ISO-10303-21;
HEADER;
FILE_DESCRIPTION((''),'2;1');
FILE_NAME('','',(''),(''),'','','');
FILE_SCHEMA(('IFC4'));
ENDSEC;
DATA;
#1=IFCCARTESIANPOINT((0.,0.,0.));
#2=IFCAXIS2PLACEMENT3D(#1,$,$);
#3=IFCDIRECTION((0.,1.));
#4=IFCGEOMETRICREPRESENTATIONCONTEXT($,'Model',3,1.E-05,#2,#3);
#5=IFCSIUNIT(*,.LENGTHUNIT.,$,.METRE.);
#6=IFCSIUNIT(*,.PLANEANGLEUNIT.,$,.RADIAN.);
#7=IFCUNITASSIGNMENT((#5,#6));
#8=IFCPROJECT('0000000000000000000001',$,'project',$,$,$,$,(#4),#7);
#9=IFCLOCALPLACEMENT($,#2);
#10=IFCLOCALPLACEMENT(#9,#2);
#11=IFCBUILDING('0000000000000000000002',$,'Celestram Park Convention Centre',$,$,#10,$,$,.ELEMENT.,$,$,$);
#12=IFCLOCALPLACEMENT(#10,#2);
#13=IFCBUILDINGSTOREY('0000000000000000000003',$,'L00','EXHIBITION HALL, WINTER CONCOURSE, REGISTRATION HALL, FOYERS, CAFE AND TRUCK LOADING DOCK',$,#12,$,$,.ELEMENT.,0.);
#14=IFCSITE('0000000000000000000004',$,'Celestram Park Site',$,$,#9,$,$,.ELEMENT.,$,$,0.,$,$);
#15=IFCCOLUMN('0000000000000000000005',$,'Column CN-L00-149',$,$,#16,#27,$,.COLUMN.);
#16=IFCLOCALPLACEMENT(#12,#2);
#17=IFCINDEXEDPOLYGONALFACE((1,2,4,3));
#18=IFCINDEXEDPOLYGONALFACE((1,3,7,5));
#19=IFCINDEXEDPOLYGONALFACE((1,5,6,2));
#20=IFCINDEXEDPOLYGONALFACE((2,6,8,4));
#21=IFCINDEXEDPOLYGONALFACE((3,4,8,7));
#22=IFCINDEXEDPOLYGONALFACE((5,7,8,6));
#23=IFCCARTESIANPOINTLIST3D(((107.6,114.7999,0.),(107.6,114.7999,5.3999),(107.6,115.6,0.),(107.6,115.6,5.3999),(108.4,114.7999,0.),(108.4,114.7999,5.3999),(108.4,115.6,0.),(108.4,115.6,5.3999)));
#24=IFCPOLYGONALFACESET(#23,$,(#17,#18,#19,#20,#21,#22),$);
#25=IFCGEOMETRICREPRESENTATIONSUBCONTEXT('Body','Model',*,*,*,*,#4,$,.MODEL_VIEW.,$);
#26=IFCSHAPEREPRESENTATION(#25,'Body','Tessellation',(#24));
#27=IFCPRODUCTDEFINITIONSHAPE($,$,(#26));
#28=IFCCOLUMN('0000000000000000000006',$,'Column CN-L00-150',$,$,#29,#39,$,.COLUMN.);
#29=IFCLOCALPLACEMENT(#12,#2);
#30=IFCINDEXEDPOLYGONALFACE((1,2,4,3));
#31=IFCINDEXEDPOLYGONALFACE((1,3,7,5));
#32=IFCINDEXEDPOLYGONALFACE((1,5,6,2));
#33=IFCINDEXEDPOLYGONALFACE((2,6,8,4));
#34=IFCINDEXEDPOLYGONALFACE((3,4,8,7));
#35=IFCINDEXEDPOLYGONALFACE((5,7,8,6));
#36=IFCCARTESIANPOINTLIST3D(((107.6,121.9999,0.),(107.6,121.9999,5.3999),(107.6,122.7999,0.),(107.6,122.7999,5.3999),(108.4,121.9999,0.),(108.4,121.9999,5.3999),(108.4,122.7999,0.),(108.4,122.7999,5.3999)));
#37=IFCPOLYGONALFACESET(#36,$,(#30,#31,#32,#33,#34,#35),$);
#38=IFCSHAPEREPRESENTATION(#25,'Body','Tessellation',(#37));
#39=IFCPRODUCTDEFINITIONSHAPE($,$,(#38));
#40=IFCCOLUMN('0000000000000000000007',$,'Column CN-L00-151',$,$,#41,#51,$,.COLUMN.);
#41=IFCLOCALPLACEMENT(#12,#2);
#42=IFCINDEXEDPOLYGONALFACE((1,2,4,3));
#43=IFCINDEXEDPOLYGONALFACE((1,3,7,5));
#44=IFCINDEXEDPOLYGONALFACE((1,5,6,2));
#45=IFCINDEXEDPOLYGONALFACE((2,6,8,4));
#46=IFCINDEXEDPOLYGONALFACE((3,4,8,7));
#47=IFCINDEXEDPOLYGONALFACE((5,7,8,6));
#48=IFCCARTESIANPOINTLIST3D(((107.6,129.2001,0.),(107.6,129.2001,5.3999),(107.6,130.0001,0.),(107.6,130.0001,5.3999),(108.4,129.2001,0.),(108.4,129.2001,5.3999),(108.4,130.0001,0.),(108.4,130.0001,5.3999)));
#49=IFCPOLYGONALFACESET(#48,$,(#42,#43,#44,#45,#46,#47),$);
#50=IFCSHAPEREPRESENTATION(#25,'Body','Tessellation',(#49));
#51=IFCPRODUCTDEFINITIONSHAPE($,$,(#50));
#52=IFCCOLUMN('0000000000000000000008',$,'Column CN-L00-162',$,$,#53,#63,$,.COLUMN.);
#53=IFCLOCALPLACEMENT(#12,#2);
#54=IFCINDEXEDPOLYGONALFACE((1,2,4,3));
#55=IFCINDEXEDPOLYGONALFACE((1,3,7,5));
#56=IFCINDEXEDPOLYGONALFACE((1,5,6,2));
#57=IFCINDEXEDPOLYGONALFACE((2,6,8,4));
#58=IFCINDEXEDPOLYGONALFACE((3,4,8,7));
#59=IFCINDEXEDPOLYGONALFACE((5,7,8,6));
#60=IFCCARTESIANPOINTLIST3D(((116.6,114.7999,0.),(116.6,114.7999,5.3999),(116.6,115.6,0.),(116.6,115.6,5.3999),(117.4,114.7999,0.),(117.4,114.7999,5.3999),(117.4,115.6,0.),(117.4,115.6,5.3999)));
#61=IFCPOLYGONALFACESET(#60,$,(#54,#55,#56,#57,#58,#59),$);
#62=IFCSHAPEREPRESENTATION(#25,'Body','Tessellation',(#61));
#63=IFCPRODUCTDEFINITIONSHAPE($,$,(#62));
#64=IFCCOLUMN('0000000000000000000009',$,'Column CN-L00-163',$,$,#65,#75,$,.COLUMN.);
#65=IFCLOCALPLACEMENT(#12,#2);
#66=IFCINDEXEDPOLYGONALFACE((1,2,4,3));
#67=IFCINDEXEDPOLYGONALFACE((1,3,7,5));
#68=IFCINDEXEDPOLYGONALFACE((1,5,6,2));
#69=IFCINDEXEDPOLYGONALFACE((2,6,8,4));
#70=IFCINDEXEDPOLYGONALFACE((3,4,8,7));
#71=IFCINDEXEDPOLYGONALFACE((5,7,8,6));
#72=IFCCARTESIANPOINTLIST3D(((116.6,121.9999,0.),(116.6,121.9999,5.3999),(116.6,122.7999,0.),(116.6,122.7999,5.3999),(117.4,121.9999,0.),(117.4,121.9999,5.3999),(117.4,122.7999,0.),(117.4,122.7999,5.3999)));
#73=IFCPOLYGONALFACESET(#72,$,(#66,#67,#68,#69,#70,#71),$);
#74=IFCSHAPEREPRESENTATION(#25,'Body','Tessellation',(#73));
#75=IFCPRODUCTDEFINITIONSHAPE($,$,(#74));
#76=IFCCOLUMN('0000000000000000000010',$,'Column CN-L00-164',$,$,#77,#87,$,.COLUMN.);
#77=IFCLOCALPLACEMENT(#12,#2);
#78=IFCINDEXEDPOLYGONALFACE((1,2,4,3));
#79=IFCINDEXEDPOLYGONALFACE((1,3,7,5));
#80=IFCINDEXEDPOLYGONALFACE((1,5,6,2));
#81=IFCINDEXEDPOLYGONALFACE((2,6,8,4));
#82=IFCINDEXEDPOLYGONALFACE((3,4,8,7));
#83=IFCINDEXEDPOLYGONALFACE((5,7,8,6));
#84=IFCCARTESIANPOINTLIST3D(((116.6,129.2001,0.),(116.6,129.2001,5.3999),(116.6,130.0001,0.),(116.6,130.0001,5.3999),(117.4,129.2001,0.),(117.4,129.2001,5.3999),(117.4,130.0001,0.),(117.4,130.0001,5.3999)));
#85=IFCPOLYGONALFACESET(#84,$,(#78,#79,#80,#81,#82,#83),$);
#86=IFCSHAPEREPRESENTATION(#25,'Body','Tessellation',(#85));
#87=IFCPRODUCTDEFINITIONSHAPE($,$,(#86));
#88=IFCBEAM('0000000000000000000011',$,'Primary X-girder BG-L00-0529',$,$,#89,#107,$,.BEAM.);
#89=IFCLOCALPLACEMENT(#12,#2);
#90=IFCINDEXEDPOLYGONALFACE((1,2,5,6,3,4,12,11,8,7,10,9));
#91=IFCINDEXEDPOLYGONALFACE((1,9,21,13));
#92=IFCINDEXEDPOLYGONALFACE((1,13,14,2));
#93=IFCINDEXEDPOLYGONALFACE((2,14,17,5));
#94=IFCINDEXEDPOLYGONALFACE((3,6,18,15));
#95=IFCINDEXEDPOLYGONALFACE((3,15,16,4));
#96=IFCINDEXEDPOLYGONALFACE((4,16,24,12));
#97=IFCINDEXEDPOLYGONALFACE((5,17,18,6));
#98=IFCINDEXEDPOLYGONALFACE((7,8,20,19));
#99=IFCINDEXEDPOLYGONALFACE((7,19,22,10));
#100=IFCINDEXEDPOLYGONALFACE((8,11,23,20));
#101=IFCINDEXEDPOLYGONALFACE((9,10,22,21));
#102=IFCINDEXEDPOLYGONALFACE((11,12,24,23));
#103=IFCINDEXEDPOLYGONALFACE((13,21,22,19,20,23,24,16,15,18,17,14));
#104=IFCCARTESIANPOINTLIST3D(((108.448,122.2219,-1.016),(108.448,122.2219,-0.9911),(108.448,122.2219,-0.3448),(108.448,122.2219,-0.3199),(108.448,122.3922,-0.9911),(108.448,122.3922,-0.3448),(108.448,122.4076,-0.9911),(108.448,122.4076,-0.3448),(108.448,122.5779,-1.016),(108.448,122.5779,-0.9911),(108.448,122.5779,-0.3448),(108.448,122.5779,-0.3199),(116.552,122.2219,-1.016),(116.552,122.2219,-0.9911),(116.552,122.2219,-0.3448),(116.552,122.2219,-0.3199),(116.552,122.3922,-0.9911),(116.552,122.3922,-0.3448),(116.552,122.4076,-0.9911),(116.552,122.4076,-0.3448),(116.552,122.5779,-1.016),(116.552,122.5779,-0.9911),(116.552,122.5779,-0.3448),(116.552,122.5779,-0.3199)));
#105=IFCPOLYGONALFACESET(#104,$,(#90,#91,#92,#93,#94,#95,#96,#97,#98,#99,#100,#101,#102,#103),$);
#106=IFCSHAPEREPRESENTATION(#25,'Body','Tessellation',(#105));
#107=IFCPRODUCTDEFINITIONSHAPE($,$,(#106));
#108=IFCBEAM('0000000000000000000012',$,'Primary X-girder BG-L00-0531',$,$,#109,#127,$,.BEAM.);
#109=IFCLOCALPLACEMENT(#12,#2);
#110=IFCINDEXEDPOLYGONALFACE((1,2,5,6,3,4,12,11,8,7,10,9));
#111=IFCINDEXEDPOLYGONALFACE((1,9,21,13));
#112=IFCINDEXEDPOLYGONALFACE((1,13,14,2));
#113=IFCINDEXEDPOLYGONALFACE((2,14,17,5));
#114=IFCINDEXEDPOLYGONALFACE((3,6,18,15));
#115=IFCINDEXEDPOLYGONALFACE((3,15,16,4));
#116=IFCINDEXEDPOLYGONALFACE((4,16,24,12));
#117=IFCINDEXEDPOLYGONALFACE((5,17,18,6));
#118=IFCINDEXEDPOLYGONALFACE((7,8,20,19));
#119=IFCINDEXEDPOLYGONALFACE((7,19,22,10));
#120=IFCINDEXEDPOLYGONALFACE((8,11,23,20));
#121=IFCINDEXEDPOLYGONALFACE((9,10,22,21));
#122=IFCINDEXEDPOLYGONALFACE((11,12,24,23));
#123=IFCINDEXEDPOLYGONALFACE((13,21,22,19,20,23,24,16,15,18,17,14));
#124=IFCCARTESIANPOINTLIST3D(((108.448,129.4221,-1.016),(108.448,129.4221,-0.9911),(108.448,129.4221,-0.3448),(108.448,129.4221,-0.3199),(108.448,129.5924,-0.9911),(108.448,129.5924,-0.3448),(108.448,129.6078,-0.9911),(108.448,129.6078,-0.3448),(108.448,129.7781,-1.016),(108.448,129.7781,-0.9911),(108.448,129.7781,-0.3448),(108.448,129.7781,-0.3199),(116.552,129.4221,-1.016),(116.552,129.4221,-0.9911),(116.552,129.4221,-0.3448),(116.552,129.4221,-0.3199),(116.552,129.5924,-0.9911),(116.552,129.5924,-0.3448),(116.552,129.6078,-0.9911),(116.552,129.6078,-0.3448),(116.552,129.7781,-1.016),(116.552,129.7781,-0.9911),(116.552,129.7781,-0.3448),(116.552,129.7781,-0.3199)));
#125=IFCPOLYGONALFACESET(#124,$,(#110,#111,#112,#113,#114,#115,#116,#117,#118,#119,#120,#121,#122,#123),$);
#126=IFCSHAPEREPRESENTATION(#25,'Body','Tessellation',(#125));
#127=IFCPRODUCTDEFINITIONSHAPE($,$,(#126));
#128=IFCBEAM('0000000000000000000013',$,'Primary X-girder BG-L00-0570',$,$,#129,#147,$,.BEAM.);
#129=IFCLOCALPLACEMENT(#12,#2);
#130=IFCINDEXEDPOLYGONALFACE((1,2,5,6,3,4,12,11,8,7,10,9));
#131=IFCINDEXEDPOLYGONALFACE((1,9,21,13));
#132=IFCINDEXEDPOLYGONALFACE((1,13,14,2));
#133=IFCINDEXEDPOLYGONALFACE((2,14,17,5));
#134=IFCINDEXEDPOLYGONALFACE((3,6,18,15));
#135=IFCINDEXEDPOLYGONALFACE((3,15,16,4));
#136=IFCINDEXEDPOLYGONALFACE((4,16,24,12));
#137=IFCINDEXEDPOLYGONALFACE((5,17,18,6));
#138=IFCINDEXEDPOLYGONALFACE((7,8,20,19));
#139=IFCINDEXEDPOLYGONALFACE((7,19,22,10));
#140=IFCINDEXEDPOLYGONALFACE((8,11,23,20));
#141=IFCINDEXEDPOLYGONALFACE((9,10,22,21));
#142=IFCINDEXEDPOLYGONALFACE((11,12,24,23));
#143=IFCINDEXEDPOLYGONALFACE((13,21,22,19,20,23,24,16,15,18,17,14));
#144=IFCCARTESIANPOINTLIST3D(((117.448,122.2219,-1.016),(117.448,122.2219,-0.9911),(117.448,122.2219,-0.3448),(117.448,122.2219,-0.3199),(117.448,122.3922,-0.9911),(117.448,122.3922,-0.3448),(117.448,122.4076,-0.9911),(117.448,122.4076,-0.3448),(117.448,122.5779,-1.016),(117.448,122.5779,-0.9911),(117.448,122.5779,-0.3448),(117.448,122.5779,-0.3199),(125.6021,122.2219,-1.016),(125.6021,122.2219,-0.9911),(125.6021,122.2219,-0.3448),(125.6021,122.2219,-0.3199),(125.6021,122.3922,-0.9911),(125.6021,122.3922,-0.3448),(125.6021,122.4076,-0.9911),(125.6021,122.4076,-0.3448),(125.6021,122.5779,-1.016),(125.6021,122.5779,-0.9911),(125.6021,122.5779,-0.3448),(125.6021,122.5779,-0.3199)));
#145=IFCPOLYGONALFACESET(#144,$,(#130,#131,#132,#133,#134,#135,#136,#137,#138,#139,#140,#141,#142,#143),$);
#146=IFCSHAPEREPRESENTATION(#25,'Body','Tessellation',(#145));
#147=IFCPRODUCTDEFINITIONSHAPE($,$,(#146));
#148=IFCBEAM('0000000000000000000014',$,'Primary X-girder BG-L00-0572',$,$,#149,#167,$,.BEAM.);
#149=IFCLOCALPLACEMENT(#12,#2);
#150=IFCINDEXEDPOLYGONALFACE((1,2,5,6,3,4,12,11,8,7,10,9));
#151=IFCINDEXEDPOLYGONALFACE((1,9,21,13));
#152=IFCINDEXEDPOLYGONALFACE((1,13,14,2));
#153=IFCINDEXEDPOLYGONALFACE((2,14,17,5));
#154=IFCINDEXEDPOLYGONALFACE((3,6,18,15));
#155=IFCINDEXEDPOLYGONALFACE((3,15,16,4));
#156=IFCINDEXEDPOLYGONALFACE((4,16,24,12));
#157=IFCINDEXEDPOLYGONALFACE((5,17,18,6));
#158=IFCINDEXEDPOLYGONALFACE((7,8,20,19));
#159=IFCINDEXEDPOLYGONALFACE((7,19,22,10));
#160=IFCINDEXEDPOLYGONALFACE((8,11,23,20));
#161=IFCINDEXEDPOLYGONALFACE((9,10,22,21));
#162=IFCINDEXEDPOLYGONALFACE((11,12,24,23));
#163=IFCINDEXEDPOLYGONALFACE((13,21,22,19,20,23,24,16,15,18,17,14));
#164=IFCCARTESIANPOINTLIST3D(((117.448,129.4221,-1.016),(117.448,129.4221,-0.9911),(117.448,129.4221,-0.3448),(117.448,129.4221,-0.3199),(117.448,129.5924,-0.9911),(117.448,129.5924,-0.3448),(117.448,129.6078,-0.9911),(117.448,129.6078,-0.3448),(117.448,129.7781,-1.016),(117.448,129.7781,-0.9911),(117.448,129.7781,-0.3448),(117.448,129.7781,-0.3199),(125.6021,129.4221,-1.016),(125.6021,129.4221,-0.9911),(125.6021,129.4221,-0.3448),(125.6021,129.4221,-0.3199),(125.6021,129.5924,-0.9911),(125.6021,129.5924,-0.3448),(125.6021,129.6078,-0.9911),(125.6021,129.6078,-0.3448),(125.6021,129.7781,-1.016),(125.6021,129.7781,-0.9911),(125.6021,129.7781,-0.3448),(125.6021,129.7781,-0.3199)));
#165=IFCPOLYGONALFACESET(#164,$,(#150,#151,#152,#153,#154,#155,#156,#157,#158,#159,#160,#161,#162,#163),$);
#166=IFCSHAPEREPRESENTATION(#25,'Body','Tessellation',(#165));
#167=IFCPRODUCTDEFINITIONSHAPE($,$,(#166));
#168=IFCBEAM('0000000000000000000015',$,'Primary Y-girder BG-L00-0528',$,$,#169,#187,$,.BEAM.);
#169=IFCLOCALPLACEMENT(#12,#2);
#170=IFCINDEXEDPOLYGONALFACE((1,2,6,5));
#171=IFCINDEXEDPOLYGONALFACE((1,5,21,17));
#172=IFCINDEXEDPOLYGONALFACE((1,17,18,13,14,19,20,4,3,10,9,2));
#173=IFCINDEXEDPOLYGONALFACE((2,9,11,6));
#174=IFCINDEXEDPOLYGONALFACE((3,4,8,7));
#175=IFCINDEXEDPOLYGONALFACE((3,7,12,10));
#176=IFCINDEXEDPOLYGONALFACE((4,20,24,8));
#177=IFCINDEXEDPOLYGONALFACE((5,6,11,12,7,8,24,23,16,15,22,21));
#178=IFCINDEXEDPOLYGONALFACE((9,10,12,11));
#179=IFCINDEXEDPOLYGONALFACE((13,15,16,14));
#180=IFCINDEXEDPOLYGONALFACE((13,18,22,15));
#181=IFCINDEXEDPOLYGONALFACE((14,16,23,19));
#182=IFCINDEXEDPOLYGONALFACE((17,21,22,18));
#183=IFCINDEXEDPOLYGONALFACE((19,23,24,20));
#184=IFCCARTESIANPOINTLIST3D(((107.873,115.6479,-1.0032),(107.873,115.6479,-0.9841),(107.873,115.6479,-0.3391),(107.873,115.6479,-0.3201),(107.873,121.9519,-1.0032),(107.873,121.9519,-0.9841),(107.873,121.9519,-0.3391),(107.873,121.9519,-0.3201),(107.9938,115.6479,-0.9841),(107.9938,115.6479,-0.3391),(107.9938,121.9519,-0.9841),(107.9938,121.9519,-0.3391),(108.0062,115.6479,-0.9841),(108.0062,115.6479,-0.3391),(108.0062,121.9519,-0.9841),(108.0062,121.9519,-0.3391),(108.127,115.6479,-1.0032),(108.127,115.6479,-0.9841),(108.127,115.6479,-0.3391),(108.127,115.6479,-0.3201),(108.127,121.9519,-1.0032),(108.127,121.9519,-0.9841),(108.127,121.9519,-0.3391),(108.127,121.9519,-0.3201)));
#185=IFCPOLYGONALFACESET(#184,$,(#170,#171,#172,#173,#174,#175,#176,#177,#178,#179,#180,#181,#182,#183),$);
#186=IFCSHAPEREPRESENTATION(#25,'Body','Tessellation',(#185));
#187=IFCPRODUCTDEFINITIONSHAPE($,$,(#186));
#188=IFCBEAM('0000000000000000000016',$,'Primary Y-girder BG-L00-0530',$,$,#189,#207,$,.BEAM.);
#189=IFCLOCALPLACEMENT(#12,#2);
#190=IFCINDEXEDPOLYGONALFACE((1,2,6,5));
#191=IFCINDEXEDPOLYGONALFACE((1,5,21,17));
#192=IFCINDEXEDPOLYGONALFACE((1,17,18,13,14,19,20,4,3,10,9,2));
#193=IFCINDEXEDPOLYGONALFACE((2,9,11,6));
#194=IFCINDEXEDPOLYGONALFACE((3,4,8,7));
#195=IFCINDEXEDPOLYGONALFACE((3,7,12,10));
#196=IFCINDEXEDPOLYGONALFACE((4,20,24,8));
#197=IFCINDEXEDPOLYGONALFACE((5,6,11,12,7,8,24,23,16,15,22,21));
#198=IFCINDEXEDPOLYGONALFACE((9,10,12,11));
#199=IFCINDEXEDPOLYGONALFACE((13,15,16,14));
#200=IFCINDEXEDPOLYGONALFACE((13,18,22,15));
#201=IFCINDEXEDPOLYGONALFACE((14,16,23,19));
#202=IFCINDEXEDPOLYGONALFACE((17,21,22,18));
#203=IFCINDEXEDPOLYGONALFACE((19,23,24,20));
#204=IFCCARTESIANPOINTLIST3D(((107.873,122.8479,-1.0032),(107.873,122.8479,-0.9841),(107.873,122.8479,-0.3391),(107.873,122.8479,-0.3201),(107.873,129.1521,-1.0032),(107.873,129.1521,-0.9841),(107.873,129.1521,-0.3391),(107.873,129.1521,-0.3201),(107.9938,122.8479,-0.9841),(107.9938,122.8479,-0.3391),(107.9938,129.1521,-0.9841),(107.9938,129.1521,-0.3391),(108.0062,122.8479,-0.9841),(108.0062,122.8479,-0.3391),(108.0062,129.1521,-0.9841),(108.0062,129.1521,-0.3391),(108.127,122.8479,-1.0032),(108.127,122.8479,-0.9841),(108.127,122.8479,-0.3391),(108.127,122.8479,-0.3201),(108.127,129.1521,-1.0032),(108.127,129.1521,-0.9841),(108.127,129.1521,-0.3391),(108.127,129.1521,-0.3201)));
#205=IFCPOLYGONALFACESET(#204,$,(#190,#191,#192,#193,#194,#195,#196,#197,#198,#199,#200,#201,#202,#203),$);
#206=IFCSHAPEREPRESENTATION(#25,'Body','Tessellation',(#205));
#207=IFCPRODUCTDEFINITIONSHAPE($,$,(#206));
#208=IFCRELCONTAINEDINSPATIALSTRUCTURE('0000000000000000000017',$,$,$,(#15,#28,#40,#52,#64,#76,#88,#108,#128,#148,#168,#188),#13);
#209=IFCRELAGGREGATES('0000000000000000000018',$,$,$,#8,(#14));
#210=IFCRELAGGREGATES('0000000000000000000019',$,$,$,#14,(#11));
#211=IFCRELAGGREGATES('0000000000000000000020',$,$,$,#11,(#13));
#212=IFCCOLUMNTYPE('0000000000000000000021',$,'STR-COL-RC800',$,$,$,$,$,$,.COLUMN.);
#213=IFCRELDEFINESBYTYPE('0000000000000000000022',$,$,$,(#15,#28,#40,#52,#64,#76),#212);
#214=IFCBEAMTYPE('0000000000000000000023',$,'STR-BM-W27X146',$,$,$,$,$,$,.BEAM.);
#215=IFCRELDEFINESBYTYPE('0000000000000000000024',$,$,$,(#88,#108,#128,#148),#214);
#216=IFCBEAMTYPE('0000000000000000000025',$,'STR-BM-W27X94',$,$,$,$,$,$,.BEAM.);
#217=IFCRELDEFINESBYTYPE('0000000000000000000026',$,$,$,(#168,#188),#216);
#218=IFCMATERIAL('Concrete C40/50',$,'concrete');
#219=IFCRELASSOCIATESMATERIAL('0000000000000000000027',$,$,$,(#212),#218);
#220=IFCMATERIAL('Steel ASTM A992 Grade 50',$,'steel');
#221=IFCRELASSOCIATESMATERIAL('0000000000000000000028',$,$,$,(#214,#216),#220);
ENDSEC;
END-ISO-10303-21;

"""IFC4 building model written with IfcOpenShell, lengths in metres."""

from ifc_helpers import new_model, si_unit, direction, frame, origin, origin_2d, place, context, subcontext, project, spatial, rectangle, i_section, extrude, material, material_profile, profile_set, type_object, element, save


model = new_model("IFC4")

# Units and contexts
model_context = context("Model", 3, precision=1e-05, world=origin(), true_north=direction((0.0, 1.0)))
body_context = subcontext(model_context, "Body", "Model", "MODEL_VIEW")
ifc_project = project(units=[si_unit("LENGTHUNIT", "METRE"), si_unit("PLANEANGLEUNIT", "RADIAN")], contexts=[model_context])

# Site, building, storey
site_placement = place(None, origin())
site = spatial("IfcSite", under=ifc_project, at=site_placement, Name="Celestram Park Site", CompositionType="ELEMENT", RefElevation=0.0)
building_placement = place(site_placement, origin())
building = spatial("IfcBuilding", under=site, at=building_placement, Name="Celestram Park Convention Centre", CompositionType="ELEMENT")
storey_placement = place(building_placement, origin())
storey = spatial("IfcBuildingStorey", under=building, at=storey_placement, Name="L00", Description="EXHIBITION HALL, WINTER CONCOURSE, REGISTRATION HALL, FOYERS, CAFE AND TRUCK LOADING DOCK", CompositionType="ELEMENT", Elevation=0.0)

# Columns
ifc_material_1 = material(Name="Concrete C40/50", Category="concrete")
ifc_material_profile_1 = material_profile(ifc_material_1, rectangle(XDim=0.8, YDim=0.8, at=origin_2d()), Name="RC800X800")
ifc_profile_set_1 = profile_set([ifc_material_profile_1], Name="Concrete C40/50")
column_type = type_object("IfcColumnType", Name="STR-COL-RC800", PredefinedType="COLUMN", material=ifc_profile_set_1)
for number, where, z_axis, x_axis, name in (
    (1, (108.0, 115.2, 0.0), (0.0, 0.0, 1.0), (1.0, 0.0, 0.0), "Column CN-L00-149"),
    (2, (108.0, 122.3999, 0.0), (0.0, 0.0, 1.0), (1.0, 0.0, 0.0), "Column CN-L00-150"),
    (3, (108.0, 129.6001, 0.0), (0.0, 0.0, 1.0), (1.0, 0.0, 0.0), "Column CN-L00-151"),
    (4, (117.0, 115.2, 0.0), (0.0, 0.0, 1.0), (1.0, 0.0, 0.0), "Column CN-L00-162"),
    (5, (117.0, 122.3999, 0.0), (0.0, 0.0, 1.0), (1.0, 0.0, 0.0), "Column CN-L00-163"),
    (6, (117.0, 129.6001, 0.0), (0.0, 0.0, 1.0), (1.0, 0.0, 0.0), "Column CN-L00-164"),
):
    element("IfcColumn", number, at=place(storey_placement, frame(where, z_axis=z_axis, x_axis=x_axis)), inside=storey, type_object=column_type, Name=name, PredefinedType="COLUMN", context=body_context, shape_type="SweptSolid", body=[
        extrude(rectangle(XDim=0.8, YDim=0.8, at=origin_2d()), origin(), (0.0, 0.0, 1.0), 5.3999),
    ])

# Beams
ifc_material_2 = material(Name="Steel ASTM A992 Grade 50", Category="steel")
ifc_material_profile_2 = material_profile(ifc_material_2, i_section(OverallWidth=0.356, OverallDepth=0.696, WebThickness=0.0154, FlangeThickness=0.0249, at=origin_2d()), Name="W27X146")
ifc_profile_set_2 = profile_set([ifc_material_profile_2], Name="Steel ASTM A992 Grade 50")
beam_type_1 = type_object("IfcBeamType", Name="STR-BM-W27X146", PredefinedType="BEAM", material=ifc_profile_set_2)
for number, where, z_axis, x_axis, name in (
    (7, (108.448, 122.3999, -0.668), (1.0, 0.0, 0.0), (0.0, 1.0, 0.0), "Primary X-girder BG-L00-0529"),
    (8, (108.448, 129.6001, -0.668), (1.0, 0.0, 0.0), (0.0, 1.0, 0.0), "Primary X-girder BG-L00-0531"),
):
    element("IfcBeam", number, at=place(storey_placement, frame(where, z_axis=z_axis, x_axis=x_axis)), inside=storey, type_object=beam_type_1, Name=name, PredefinedType="BEAM", context=body_context, shape_type="SweptSolid", body=[
        extrude(i_section(OverallWidth=0.356, OverallDepth=0.696, WebThickness=0.0154, FlangeThickness=0.0249, at=origin_2d()), origin(), (0.0, 0.0, 1.0), 8.104),
    ])
for number, where, z_axis, x_axis, name in (
    (9, (117.448, 122.3999, -0.668), (1.0, 0.0, 0.0), (0.0, 1.0, 0.0), "Primary X-girder BG-L00-0570"),
    (10, (117.448, 129.6001, -0.668), (1.0, 0.0, 0.0), (0.0, 1.0, 0.0), "Primary X-girder BG-L00-0572"),
):
    element("IfcBeam", number, at=place(storey_placement, frame(where, z_axis=z_axis, x_axis=x_axis)), inside=storey, type_object=beam_type_1, Name=name, PredefinedType="BEAM", context=body_context, shape_type="SweptSolid", body=[
        extrude(i_section(OverallWidth=0.356, OverallDepth=0.696, WebThickness=0.0154, FlangeThickness=0.0249, at=origin_2d()), origin(), (0.0, 0.0, 1.0), 8.1541),
    ])
ifc_material_profile_3 = material_profile(ifc_material_2, i_section(OverallWidth=0.2539, OverallDepth=0.6831, WebThickness=0.0125, FlangeThickness=0.019, at=origin_2d()), Name="W27X94")
ifc_profile_set_3 = profile_set([ifc_material_profile_3], Name="Steel ASTM A992 Grade 50")
beam_type_2 = type_object("IfcBeamType", Name="STR-BM-W27X94", PredefinedType="BEAM", material=ifc_profile_set_3)
beam_1_placement = place(storey_placement, frame((108.0, 115.6479, -0.6616), z_axis=(0.0, 1.0, 0.0), x_axis=(-1.0, 0.0, 0.0)))
element("IfcBeam", 11, at=beam_1_placement, inside=storey, type_object=beam_type_2, Name="Primary Y-girder BG-L00-0528", PredefinedType="BEAM", context=body_context, shape_type="SweptSolid", body=[
    extrude(i_section(OverallWidth=0.2539, OverallDepth=0.6831, WebThickness=0.0125, FlangeThickness=0.019, at=origin_2d()), origin(), (0.0, 0.0, 1.0), 6.304),
])
beam_2_placement = place(storey_placement, frame((108.0, 122.8479, -0.6616), z_axis=(0.0, 1.0, 0.0), x_axis=(-1.0, 0.0, 0.0)))
element("IfcBeam", 12, at=beam_2_placement, inside=storey, type_object=beam_type_2, Name="Primary Y-girder BG-L00-0530", PredefinedType="BEAM", context=body_context, shape_type="SweptSolid", body=[
    extrude(i_section(OverallWidth=0.2539, OverallDepth=0.6831, WebThickness=0.0125, FlangeThickness=0.019, at=origin_2d()), origin(), (0.0, 0.0, 1.0), 6.3042),
])

save(model, "model.ifc")
